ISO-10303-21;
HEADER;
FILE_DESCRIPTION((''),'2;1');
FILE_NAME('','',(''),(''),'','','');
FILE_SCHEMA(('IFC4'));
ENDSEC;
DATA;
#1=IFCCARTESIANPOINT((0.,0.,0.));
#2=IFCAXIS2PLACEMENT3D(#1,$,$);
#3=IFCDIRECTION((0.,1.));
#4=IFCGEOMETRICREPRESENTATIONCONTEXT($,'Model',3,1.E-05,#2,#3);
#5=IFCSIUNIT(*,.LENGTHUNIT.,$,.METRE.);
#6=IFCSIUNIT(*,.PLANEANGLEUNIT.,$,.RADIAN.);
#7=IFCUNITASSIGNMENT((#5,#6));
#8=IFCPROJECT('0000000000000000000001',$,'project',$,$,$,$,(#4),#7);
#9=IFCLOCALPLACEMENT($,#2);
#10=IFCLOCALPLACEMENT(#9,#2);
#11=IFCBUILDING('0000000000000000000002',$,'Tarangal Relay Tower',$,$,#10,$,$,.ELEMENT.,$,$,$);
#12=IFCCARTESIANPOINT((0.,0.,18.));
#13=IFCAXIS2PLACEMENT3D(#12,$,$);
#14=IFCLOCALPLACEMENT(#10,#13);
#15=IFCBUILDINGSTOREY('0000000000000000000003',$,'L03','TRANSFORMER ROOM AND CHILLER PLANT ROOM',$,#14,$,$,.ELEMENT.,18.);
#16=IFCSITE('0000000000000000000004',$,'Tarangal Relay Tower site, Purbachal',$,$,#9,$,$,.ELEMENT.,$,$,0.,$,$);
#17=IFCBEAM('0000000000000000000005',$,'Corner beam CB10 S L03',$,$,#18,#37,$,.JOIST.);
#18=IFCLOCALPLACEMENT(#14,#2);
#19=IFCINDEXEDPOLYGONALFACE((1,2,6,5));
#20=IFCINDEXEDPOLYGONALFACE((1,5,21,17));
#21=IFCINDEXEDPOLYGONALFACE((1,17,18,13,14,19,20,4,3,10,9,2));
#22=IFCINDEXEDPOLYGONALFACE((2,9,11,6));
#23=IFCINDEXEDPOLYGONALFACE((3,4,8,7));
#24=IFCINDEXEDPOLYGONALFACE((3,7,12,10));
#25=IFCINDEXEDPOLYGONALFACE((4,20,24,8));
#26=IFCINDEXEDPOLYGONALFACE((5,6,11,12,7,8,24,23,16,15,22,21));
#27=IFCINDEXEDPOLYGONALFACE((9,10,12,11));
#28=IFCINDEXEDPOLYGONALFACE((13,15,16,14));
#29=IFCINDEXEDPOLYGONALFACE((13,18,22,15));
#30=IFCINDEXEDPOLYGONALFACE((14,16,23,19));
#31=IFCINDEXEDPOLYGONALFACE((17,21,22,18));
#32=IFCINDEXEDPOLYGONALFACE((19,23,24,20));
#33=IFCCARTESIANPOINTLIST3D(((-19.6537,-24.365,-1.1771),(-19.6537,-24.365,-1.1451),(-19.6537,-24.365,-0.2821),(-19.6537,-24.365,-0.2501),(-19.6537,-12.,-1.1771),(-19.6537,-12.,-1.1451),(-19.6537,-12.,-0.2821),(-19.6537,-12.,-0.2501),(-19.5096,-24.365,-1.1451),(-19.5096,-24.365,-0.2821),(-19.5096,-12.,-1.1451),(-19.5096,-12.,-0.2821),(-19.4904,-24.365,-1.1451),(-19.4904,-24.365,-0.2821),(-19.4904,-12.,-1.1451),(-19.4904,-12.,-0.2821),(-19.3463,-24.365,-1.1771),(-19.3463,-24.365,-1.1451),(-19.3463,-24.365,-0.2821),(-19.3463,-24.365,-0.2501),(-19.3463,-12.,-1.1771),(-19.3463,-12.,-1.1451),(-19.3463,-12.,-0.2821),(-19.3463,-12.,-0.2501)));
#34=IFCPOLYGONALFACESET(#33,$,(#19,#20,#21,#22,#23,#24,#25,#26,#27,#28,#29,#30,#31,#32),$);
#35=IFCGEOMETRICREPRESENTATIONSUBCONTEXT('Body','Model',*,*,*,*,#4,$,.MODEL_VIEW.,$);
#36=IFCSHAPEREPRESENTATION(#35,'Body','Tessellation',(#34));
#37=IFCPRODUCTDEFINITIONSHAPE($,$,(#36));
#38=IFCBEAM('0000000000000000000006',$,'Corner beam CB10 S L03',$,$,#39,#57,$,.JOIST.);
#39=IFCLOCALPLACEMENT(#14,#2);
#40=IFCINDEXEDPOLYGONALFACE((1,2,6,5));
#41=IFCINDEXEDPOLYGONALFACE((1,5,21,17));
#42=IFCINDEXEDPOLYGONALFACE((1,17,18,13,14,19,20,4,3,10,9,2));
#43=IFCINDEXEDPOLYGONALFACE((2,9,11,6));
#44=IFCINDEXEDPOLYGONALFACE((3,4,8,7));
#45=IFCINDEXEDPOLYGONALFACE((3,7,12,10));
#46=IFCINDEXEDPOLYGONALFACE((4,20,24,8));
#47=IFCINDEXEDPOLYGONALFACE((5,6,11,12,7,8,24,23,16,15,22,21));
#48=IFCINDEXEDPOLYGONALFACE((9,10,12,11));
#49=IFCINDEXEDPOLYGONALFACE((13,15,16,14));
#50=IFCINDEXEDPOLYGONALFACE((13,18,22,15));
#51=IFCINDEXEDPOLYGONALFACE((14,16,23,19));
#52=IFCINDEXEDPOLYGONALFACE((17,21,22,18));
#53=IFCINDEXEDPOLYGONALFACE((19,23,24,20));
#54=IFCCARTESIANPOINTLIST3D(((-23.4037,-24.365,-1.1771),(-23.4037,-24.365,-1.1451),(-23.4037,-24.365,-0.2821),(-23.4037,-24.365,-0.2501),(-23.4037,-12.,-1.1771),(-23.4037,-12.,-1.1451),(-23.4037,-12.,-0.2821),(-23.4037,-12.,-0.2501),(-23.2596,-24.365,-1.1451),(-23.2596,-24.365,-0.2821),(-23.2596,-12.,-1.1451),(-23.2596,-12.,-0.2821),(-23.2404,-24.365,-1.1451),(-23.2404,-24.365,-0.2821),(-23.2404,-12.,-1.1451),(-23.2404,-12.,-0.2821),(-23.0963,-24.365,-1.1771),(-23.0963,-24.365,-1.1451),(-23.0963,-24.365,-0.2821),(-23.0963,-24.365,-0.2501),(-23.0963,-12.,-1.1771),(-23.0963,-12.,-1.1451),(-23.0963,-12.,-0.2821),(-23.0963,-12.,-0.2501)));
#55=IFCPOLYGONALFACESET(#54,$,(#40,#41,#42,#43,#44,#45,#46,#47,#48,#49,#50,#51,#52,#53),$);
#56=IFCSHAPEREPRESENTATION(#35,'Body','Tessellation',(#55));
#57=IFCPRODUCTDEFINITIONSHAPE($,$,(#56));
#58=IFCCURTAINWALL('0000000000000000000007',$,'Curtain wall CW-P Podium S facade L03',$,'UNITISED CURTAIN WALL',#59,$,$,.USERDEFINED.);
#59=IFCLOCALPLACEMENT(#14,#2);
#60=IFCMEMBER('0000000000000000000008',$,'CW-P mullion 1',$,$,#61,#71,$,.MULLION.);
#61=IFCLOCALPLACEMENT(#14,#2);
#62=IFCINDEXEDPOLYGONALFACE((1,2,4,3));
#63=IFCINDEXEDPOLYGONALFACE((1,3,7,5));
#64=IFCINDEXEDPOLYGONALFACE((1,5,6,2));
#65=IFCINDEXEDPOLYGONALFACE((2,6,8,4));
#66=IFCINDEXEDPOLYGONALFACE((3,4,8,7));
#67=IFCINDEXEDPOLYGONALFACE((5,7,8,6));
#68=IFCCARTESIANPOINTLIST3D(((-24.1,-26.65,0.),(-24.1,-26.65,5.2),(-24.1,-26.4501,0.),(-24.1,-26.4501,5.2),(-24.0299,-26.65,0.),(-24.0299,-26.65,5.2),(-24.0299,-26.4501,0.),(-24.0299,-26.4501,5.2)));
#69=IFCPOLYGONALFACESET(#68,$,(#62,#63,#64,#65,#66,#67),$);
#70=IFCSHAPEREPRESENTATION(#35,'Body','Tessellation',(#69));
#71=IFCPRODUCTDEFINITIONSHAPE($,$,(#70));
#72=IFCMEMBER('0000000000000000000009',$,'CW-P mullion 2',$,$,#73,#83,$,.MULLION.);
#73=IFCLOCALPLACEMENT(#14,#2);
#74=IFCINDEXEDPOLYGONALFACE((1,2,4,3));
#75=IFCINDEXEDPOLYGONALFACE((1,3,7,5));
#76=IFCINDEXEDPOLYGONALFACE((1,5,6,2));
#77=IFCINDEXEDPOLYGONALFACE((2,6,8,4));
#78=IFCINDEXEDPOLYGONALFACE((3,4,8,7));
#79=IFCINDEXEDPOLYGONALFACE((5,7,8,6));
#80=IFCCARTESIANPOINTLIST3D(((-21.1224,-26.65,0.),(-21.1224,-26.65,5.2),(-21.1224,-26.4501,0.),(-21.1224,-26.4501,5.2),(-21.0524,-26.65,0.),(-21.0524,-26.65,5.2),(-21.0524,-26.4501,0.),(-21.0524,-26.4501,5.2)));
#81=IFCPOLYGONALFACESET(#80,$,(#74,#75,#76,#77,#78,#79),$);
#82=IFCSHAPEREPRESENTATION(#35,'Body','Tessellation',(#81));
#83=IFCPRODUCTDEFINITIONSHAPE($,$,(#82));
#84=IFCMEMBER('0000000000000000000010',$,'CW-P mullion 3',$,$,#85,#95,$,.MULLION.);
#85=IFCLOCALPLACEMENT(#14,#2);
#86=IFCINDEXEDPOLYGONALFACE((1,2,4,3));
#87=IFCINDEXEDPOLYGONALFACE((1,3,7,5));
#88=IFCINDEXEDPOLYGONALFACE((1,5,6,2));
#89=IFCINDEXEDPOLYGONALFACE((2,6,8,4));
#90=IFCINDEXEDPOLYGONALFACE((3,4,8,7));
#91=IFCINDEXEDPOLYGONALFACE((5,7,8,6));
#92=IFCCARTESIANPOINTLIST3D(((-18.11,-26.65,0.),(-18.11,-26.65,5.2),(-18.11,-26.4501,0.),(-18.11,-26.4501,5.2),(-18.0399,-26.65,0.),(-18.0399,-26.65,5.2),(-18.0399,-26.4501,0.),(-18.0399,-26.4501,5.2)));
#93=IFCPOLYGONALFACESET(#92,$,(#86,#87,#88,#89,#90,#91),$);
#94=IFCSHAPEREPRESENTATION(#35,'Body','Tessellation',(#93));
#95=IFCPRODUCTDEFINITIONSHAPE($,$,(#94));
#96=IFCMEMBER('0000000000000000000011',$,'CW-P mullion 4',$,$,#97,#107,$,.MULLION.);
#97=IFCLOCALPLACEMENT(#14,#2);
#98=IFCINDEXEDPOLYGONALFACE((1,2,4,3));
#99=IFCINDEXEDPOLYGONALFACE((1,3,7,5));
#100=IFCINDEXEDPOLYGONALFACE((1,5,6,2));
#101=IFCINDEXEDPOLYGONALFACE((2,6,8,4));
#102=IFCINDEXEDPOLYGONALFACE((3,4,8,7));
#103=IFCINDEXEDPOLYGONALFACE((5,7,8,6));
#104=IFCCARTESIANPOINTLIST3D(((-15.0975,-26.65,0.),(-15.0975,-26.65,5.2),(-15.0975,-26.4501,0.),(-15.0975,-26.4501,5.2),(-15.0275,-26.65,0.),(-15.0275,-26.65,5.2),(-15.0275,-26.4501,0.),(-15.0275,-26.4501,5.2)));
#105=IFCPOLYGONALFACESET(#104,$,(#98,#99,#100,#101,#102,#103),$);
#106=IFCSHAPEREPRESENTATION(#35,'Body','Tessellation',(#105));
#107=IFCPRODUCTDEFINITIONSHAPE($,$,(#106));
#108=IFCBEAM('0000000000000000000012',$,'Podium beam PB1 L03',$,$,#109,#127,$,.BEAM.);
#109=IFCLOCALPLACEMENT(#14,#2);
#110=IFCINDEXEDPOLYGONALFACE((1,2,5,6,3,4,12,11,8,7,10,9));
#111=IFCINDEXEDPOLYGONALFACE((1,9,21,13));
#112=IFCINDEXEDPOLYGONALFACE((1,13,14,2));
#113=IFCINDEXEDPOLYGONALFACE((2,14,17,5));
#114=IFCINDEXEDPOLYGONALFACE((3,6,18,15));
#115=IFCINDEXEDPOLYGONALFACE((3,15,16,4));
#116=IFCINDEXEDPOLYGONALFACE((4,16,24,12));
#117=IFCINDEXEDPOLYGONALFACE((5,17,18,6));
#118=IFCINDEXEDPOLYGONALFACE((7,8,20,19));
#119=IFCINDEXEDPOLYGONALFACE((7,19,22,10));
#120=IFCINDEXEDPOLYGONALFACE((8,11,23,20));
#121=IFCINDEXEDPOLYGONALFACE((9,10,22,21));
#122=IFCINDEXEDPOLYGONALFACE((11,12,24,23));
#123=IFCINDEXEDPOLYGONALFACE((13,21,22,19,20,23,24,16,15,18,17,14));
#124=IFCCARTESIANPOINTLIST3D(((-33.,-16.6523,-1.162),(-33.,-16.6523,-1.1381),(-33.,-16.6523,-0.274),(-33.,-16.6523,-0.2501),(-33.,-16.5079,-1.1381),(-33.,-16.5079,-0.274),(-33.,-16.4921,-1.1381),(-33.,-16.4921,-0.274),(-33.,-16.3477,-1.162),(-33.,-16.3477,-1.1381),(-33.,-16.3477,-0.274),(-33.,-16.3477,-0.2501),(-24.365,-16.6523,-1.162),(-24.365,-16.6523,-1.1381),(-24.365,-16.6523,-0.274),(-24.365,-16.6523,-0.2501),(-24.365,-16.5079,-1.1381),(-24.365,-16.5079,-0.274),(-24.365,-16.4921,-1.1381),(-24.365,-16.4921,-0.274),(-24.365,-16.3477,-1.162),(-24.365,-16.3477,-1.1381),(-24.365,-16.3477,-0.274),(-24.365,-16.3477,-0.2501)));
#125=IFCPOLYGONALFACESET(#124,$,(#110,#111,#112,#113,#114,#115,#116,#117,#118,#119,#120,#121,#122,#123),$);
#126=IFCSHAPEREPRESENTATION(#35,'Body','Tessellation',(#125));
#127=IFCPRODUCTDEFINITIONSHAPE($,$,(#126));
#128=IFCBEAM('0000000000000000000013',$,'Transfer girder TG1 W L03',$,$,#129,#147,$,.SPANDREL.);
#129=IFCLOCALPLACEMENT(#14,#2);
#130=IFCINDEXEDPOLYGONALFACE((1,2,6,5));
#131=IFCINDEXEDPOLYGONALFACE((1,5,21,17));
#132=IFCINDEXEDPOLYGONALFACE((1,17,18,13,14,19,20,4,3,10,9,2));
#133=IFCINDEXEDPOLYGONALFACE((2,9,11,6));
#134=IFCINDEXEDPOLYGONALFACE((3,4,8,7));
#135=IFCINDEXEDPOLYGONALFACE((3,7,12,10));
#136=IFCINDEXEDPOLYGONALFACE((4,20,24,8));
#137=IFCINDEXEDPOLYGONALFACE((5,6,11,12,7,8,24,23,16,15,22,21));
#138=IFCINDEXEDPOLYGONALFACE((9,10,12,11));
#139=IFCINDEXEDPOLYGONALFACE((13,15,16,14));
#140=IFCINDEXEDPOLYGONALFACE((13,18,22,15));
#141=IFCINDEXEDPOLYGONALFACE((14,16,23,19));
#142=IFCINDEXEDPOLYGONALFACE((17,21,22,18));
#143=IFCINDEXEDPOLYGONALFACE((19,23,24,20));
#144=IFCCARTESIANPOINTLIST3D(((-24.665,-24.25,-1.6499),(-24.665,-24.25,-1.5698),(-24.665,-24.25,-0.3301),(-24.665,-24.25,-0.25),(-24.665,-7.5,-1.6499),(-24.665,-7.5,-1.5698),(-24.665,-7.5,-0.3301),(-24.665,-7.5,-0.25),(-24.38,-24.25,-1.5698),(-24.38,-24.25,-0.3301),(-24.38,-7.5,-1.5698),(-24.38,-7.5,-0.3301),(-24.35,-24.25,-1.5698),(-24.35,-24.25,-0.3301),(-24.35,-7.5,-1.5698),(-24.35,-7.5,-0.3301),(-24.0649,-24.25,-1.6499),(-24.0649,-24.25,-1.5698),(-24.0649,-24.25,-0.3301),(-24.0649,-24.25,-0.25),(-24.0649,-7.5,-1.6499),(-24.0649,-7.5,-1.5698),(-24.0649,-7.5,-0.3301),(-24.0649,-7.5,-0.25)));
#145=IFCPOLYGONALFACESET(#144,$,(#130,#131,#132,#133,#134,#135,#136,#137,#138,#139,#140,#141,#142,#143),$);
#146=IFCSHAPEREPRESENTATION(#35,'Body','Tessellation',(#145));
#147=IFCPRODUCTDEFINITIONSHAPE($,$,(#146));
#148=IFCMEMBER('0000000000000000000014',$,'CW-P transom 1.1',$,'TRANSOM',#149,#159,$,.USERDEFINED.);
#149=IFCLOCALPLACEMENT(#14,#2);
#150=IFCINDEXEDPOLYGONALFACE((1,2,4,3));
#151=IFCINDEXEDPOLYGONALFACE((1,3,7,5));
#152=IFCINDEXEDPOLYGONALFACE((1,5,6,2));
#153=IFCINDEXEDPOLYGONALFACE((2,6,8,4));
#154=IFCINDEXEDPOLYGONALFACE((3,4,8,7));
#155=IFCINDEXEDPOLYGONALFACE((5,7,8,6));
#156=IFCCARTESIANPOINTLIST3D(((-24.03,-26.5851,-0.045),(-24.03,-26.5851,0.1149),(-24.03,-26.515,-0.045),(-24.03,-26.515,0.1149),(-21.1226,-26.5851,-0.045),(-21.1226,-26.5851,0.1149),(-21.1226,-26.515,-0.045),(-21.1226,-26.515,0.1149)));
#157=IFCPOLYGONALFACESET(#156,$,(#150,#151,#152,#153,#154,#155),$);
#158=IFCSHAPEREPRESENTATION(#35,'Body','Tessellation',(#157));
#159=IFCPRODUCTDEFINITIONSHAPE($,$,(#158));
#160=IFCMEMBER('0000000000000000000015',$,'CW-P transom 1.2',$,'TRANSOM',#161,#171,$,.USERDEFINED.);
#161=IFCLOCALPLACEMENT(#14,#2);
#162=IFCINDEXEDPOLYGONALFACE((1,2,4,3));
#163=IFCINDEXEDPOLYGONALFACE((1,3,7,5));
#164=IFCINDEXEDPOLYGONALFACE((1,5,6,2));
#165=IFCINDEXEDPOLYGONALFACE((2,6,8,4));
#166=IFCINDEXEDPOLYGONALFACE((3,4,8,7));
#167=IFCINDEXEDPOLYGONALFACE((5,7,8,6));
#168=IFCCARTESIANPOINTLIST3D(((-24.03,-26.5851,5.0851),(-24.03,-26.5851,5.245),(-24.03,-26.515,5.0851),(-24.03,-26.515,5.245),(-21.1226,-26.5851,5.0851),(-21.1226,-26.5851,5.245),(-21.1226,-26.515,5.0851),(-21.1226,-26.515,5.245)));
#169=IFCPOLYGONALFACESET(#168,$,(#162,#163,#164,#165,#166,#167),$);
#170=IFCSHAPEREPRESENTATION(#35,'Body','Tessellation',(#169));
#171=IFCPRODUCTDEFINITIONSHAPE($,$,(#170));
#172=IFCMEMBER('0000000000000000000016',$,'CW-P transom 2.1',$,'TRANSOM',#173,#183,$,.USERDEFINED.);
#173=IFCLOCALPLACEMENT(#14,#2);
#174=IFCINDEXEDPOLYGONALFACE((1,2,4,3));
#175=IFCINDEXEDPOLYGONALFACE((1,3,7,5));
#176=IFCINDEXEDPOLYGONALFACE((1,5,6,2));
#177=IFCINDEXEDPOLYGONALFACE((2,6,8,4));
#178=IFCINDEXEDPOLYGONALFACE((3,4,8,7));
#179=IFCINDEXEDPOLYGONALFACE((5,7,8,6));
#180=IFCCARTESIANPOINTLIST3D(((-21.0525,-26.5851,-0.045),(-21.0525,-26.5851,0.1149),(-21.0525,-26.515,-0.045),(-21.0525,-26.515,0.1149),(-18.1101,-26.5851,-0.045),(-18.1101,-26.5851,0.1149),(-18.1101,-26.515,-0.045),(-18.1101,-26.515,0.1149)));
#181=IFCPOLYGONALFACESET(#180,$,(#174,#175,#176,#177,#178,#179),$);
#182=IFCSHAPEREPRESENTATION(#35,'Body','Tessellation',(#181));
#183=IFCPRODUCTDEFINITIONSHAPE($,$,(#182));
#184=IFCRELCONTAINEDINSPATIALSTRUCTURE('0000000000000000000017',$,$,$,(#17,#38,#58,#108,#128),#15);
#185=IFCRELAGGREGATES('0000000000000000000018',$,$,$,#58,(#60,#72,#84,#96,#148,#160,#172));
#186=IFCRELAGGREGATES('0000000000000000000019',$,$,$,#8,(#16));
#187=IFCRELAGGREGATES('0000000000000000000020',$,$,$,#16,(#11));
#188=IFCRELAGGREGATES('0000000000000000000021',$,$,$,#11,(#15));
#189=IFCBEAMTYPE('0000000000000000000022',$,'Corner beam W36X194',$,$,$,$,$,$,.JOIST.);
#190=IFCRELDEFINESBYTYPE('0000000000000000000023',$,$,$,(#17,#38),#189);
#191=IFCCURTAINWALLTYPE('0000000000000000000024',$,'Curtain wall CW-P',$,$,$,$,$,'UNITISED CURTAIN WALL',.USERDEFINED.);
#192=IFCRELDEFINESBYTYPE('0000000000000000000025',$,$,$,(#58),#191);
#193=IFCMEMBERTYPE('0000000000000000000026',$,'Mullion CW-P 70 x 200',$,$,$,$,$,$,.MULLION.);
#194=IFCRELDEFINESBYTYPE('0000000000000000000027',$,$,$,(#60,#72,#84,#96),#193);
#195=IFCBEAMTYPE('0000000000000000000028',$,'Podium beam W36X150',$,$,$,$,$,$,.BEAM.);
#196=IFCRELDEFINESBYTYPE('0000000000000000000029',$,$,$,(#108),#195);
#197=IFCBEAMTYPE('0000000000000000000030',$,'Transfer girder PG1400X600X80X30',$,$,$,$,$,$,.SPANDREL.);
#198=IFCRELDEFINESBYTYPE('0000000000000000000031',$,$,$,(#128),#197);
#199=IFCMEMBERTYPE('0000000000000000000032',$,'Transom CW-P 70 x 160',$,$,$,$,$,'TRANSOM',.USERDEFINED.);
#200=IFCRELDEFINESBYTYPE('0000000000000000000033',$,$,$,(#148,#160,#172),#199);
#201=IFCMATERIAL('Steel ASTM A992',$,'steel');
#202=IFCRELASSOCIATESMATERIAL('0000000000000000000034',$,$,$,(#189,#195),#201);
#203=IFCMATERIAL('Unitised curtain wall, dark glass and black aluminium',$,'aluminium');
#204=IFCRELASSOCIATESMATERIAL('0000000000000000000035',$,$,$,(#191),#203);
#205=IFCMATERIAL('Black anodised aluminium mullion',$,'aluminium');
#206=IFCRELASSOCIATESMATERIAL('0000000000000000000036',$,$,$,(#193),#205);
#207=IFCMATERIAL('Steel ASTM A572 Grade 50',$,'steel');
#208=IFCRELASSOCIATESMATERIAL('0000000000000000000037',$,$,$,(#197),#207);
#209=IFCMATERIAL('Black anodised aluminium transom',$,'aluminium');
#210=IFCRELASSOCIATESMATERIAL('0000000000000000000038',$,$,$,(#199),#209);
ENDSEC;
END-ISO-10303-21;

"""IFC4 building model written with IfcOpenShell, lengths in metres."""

from ifc_helpers import new_model, si_unit, direction, frame, origin, origin_2d, place, context, subcontext, project, spatial, rectangle, i_section, extrude, material, material_profile, profile_set, type_object, element, aggregate, save


model = new_model("IFC4")

# Units and contexts
model_context = context("Model", 3, precision=1e-05, world=origin(), true_north=direction((0.0, 1.0)))
body_context = subcontext(model_context, "Body", "Model", "MODEL_VIEW")
ifc_project = project(units=[si_unit("LENGTHUNIT", "METRE"), si_unit("PLANEANGLEUNIT", "RADIAN")], contexts=[model_context])

# Site, building, storey
site_placement = place(None, origin())
site = spatial("IfcSite", under=ifc_project, at=site_placement, Name="Tarangal Relay Tower site, Purbachal", CompositionType="ELEMENT", RefElevation=0.0)
building_placement = place(site_placement, origin())
building = spatial("IfcBuilding", under=site, at=building_placement, Name="Tarangal Relay Tower", CompositionType="ELEMENT")
storey_placement = place(building_placement, frame((0.0, 0.0, 18.0)))
storey = spatial("IfcBuildingStorey", under=building, at=storey_placement, Name="L03", Description="TRANSFORMER ROOM AND CHILLER PLANT ROOM", CompositionType="ELEMENT", Elevation=18.0)

# Beams
ifc_material_1 = material(Name="Steel ASTM A992", Category="steel")
ifc_material_profile_1 = material_profile(ifc_material_1, i_section(OverallWidth=0.3074, OverallDepth=0.927, WebThickness=0.0193, FlangeThickness=0.032, at=origin_2d()), Name="W36X194")
ifc_profile_set_1 = profile_set([ifc_material_profile_1], Name="Steel ASTM A992")
beam_type_1 = type_object("IfcBeamType", Name="Corner beam W36X194", PredefinedType="JOIST", material=ifc_profile_set_1)
for number, where, z_axis, x_axis, name in (
    (1, (-19.5, -12.0, -0.7136), (0.0, -1.0, 0.0), (1.0, 0.0, 0.0), "Corner beam CB10 S L03"),
    (2, (-23.25, -12.0, -0.7136), (0.0, -1.0, 0.0), (1.0, 0.0, 0.0), "Corner beam CB10 S L03"),
):
    element("IfcBeam", number, at=place(storey_placement, frame(where, z_axis=z_axis, x_axis=x_axis)), inside=storey, type_object=beam_type_1, Name=name, PredefinedType="JOIST", context=body_context, shape_type="SweptSolid", body=[
        extrude(i_section(OverallWidth=0.3074, OverallDepth=0.927, WebThickness=0.0193, FlangeThickness=0.032, at=origin_2d()), origin(), (0.0, 0.0, 1.0), 12.365),
    ])

# Curtain wall, members
ifc_material_2 = material(Name="Unitised curtain wall, dark glass and black aluminium", Category="aluminium")
curtain_wall_type = type_object("IfcCurtainWallType", Name="Curtain wall CW-P", ElementType="UNITISED CURTAIN WALL", PredefinedType="USERDEFINED", material=ifc_material_2)
curtain_wall_placement = place(storey_placement, origin())
curtain_wall = element("IfcCurtainWall", 3, at=curtain_wall_placement, inside=storey, type_object=curtain_wall_type, Name="Curtain wall CW-P Podium S facade L03", ObjectType="UNITISED CURTAIN WALL", PredefinedType="USERDEFINED")
ifc_material_3 = material(Name="Black anodised aluminium mullion", Category="aluminium")
ifc_material_profile_2 = material_profile(ifc_material_3, rectangle(XDim=0.2, YDim=0.0701, at=origin_2d()), Name="CW-PM 70X200")
ifc_profile_set_2 = profile_set([ifc_material_profile_2], Name="Black anodised aluminium mullion")
member_type_1 = type_object("IfcMemberType", Name="Mullion CW-P 70 x 200", PredefinedType="MULLION", material=ifc_profile_set_2)
member_1_placement = place(storey_placement, frame((-24.0649, -26.55, 0.0), z_axis=(0.0, 0.0, 1.0), x_axis=(0.0, 1.0, 0.0)))
member_1 = element("IfcMember", 4, at=member_1_placement, type_object=member_type_1, Name="CW-P mullion 1", PredefinedType="MULLION", context=body_context, shape_type="SweptSolid", body=[
    extrude(rectangle(XDim=0.2, YDim=0.0701, at=origin_2d()), origin(), (0.0, 0.0, 1.0), 5.2),
])
member_2_placement = place(storey_placement, frame((-21.0874, -26.55, 0.0), z_axis=(0.0, 0.0, 1.0), x_axis=(0.0, 1.0, 0.0)))
member_2 = element("IfcMember", 5, at=member_2_placement, type_object=member_type_1, Name="CW-P mullion 2", PredefinedType="MULLION", context=body_context, shape_type="SweptSolid", body=[
    extrude(rectangle(XDim=0.2, YDim=0.0701, at=origin_2d()), origin(), (0.0, 0.0, 1.0), 5.2),
])
member_3_placement = place(storey_placement, frame((-18.075, -26.55, 0.0), z_axis=(0.0, 0.0, 1.0), x_axis=(0.0, 1.0, 0.0)))
member_3 = element("IfcMember", 6, at=member_3_placement, type_object=member_type_1, Name="CW-P mullion 3", PredefinedType="MULLION", context=body_context, shape_type="SweptSolid", body=[
    extrude(rectangle(XDim=0.2, YDim=0.0701, at=origin_2d()), origin(), (0.0, 0.0, 1.0), 5.2),
])
member_4_placement = place(storey_placement, frame((-15.0625, -26.55, 0.0), z_axis=(0.0, 0.0, 1.0), x_axis=(0.0, 1.0, 0.0)))
member_4 = element("IfcMember", 7, at=member_4_placement, type_object=member_type_1, Name="CW-P mullion 4", PredefinedType="MULLION", context=body_context, shape_type="SweptSolid", body=[
    extrude(rectangle(XDim=0.2, YDim=0.0701, at=origin_2d()), origin(), (0.0, 0.0, 1.0), 5.2),
])

# Beams
ifc_material_profile_3 = material_profile(ifc_material_1, i_section(OverallWidth=0.3047, OverallDepth=0.9119, WebThickness=0.0159, FlangeThickness=0.0239, at=origin_2d()), Name="W36X150")
ifc_profile_set_3 = profile_set([ifc_material_profile_3], Name="Steel ASTM A992")
beam_type_2 = type_object("IfcBeamType", Name="Podium beam W36X150", PredefinedType="BEAM", material=ifc_profile_set_3)
beam_1_placement = place(storey_placement, frame((-24.365, -16.5, -0.7061), z_axis=(-1.0, 0.0, 0.0), x_axis=(0.0, -1.0, 0.0)))
element("IfcBeam", 8, at=beam_1_placement, inside=storey, type_object=beam_type_2, Name="Podium beam PB1 L03", PredefinedType="BEAM", context=body_context, shape_type="SweptSolid", body=[
    extrude(i_section(OverallWidth=0.3047, OverallDepth=0.9119, WebThickness=0.0159, FlangeThickness=0.0239, at=origin_2d()), origin(), (0.0, 0.0, 1.0), 8.635),
])
ifc_material_4 = material(Name="Steel ASTM A572 Grade 50", Category="steel")
ifc_material_profile_4 = material_profile(ifc_material_4, i_section(OverallWidth=0.6001, OverallDepth=1.3999, WebThickness=0.03, FlangeThickness=0.0801, at=origin_2d()), Name="PG1400X600X80X30")
ifc_profile_set_4 = profile_set([ifc_material_profile_4], Name="Steel ASTM A572 Grade 50")
beam_type_3 = type_object("IfcBeamType", Name="Transfer girder PG1400X600X80X30", PredefinedType="SPANDREL", material=ifc_profile_set_4)
beam_2_placement = place(storey_placement, frame((-24.365, -24.25, -0.95), z_axis=(0.0, 1.0, 0.0), x_axis=(-1.0, 0.0, 0.0)))
element("IfcBeam", 9, at=beam_2_placement, inside=storey, type_object=beam_type_3, Name="Transfer girder TG1 W L03", PredefinedType="SPANDREL", context=body_context, shape_type="SweptSolid", body=[
    extrude(i_section(OverallWidth=0.6001, OverallDepth=1.3999, WebThickness=0.03, FlangeThickness=0.0801, at=origin_2d()), origin(), (0.0, 0.0, 1.0), 16.75),
])

# Members
ifc_material_5 = material(Name="Black anodised aluminium transom", Category="aluminium")
ifc_material_profile_5 = material_profile(ifc_material_5, rectangle(XDim=0.0701, YDim=0.1599, at=origin_2d()), Name="CW-PT 70X160")
ifc_profile_set_5 = profile_set([ifc_material_profile_5], Name="Black anodised aluminium transom")
member_type_2 = type_object("IfcMemberType", Name="Transom CW-P 70 x 160", ElementType="TRANSOM", PredefinedType="USERDEFINED", material=ifc_profile_set_5)
member_5_placement = place(storey_placement, frame((-24.03, -26.55, 0.0349), z_axis=(1.0, 0.0, 0.0), x_axis=(0.0, 1.0, 0.0)))
member_5 = element("IfcMember", 10, at=member_5_placement, type_object=member_type_2, Name="CW-P transom 1.1", ObjectType="TRANSOM", PredefinedType="USERDEFINED", context=body_context, shape_type="SweptSolid", body=[
    extrude(rectangle(XDim=0.0701, YDim=0.1599, at=origin_2d()), origin(), (0.0, 0.0, 1.0), 2.9075),
])
member_6_placement = place(storey_placement, frame((-24.03, -26.55, 5.165), z_axis=(1.0, 0.0, 0.0), x_axis=(0.0, 1.0, 0.0)))
member_6 = element("IfcMember", 11, at=member_6_placement, type_object=member_type_2, Name="CW-P transom 1.2", ObjectType="TRANSOM", PredefinedType="USERDEFINED", context=body_context, shape_type="SweptSolid", body=[
    extrude(rectangle(XDim=0.0701, YDim=0.1599, at=origin_2d()), origin(), (0.0, 0.0, 1.0), 2.9075),
])
member_7_placement = place(storey_placement, frame((-21.0525, -26.55, 0.0349), z_axis=(1.0, 0.0, 0.0), x_axis=(0.0, 1.0, 0.0)))
member_7 = element("IfcMember", 12, at=member_7_placement, type_object=member_type_2, Name="CW-P transom 2.1", ObjectType="TRANSOM", PredefinedType="USERDEFINED", context=body_context, shape_type="SweptSolid", body=[
    extrude(rectangle(XDim=0.0701, YDim=0.1599, at=origin_2d()), origin(), (0.0, 0.0, 1.0), 2.9424),
])

aggregate(curtain_wall, [member_1, member_2, member_3, member_4, member_5, member_6, member_7])

save(model, "model.ifc")
